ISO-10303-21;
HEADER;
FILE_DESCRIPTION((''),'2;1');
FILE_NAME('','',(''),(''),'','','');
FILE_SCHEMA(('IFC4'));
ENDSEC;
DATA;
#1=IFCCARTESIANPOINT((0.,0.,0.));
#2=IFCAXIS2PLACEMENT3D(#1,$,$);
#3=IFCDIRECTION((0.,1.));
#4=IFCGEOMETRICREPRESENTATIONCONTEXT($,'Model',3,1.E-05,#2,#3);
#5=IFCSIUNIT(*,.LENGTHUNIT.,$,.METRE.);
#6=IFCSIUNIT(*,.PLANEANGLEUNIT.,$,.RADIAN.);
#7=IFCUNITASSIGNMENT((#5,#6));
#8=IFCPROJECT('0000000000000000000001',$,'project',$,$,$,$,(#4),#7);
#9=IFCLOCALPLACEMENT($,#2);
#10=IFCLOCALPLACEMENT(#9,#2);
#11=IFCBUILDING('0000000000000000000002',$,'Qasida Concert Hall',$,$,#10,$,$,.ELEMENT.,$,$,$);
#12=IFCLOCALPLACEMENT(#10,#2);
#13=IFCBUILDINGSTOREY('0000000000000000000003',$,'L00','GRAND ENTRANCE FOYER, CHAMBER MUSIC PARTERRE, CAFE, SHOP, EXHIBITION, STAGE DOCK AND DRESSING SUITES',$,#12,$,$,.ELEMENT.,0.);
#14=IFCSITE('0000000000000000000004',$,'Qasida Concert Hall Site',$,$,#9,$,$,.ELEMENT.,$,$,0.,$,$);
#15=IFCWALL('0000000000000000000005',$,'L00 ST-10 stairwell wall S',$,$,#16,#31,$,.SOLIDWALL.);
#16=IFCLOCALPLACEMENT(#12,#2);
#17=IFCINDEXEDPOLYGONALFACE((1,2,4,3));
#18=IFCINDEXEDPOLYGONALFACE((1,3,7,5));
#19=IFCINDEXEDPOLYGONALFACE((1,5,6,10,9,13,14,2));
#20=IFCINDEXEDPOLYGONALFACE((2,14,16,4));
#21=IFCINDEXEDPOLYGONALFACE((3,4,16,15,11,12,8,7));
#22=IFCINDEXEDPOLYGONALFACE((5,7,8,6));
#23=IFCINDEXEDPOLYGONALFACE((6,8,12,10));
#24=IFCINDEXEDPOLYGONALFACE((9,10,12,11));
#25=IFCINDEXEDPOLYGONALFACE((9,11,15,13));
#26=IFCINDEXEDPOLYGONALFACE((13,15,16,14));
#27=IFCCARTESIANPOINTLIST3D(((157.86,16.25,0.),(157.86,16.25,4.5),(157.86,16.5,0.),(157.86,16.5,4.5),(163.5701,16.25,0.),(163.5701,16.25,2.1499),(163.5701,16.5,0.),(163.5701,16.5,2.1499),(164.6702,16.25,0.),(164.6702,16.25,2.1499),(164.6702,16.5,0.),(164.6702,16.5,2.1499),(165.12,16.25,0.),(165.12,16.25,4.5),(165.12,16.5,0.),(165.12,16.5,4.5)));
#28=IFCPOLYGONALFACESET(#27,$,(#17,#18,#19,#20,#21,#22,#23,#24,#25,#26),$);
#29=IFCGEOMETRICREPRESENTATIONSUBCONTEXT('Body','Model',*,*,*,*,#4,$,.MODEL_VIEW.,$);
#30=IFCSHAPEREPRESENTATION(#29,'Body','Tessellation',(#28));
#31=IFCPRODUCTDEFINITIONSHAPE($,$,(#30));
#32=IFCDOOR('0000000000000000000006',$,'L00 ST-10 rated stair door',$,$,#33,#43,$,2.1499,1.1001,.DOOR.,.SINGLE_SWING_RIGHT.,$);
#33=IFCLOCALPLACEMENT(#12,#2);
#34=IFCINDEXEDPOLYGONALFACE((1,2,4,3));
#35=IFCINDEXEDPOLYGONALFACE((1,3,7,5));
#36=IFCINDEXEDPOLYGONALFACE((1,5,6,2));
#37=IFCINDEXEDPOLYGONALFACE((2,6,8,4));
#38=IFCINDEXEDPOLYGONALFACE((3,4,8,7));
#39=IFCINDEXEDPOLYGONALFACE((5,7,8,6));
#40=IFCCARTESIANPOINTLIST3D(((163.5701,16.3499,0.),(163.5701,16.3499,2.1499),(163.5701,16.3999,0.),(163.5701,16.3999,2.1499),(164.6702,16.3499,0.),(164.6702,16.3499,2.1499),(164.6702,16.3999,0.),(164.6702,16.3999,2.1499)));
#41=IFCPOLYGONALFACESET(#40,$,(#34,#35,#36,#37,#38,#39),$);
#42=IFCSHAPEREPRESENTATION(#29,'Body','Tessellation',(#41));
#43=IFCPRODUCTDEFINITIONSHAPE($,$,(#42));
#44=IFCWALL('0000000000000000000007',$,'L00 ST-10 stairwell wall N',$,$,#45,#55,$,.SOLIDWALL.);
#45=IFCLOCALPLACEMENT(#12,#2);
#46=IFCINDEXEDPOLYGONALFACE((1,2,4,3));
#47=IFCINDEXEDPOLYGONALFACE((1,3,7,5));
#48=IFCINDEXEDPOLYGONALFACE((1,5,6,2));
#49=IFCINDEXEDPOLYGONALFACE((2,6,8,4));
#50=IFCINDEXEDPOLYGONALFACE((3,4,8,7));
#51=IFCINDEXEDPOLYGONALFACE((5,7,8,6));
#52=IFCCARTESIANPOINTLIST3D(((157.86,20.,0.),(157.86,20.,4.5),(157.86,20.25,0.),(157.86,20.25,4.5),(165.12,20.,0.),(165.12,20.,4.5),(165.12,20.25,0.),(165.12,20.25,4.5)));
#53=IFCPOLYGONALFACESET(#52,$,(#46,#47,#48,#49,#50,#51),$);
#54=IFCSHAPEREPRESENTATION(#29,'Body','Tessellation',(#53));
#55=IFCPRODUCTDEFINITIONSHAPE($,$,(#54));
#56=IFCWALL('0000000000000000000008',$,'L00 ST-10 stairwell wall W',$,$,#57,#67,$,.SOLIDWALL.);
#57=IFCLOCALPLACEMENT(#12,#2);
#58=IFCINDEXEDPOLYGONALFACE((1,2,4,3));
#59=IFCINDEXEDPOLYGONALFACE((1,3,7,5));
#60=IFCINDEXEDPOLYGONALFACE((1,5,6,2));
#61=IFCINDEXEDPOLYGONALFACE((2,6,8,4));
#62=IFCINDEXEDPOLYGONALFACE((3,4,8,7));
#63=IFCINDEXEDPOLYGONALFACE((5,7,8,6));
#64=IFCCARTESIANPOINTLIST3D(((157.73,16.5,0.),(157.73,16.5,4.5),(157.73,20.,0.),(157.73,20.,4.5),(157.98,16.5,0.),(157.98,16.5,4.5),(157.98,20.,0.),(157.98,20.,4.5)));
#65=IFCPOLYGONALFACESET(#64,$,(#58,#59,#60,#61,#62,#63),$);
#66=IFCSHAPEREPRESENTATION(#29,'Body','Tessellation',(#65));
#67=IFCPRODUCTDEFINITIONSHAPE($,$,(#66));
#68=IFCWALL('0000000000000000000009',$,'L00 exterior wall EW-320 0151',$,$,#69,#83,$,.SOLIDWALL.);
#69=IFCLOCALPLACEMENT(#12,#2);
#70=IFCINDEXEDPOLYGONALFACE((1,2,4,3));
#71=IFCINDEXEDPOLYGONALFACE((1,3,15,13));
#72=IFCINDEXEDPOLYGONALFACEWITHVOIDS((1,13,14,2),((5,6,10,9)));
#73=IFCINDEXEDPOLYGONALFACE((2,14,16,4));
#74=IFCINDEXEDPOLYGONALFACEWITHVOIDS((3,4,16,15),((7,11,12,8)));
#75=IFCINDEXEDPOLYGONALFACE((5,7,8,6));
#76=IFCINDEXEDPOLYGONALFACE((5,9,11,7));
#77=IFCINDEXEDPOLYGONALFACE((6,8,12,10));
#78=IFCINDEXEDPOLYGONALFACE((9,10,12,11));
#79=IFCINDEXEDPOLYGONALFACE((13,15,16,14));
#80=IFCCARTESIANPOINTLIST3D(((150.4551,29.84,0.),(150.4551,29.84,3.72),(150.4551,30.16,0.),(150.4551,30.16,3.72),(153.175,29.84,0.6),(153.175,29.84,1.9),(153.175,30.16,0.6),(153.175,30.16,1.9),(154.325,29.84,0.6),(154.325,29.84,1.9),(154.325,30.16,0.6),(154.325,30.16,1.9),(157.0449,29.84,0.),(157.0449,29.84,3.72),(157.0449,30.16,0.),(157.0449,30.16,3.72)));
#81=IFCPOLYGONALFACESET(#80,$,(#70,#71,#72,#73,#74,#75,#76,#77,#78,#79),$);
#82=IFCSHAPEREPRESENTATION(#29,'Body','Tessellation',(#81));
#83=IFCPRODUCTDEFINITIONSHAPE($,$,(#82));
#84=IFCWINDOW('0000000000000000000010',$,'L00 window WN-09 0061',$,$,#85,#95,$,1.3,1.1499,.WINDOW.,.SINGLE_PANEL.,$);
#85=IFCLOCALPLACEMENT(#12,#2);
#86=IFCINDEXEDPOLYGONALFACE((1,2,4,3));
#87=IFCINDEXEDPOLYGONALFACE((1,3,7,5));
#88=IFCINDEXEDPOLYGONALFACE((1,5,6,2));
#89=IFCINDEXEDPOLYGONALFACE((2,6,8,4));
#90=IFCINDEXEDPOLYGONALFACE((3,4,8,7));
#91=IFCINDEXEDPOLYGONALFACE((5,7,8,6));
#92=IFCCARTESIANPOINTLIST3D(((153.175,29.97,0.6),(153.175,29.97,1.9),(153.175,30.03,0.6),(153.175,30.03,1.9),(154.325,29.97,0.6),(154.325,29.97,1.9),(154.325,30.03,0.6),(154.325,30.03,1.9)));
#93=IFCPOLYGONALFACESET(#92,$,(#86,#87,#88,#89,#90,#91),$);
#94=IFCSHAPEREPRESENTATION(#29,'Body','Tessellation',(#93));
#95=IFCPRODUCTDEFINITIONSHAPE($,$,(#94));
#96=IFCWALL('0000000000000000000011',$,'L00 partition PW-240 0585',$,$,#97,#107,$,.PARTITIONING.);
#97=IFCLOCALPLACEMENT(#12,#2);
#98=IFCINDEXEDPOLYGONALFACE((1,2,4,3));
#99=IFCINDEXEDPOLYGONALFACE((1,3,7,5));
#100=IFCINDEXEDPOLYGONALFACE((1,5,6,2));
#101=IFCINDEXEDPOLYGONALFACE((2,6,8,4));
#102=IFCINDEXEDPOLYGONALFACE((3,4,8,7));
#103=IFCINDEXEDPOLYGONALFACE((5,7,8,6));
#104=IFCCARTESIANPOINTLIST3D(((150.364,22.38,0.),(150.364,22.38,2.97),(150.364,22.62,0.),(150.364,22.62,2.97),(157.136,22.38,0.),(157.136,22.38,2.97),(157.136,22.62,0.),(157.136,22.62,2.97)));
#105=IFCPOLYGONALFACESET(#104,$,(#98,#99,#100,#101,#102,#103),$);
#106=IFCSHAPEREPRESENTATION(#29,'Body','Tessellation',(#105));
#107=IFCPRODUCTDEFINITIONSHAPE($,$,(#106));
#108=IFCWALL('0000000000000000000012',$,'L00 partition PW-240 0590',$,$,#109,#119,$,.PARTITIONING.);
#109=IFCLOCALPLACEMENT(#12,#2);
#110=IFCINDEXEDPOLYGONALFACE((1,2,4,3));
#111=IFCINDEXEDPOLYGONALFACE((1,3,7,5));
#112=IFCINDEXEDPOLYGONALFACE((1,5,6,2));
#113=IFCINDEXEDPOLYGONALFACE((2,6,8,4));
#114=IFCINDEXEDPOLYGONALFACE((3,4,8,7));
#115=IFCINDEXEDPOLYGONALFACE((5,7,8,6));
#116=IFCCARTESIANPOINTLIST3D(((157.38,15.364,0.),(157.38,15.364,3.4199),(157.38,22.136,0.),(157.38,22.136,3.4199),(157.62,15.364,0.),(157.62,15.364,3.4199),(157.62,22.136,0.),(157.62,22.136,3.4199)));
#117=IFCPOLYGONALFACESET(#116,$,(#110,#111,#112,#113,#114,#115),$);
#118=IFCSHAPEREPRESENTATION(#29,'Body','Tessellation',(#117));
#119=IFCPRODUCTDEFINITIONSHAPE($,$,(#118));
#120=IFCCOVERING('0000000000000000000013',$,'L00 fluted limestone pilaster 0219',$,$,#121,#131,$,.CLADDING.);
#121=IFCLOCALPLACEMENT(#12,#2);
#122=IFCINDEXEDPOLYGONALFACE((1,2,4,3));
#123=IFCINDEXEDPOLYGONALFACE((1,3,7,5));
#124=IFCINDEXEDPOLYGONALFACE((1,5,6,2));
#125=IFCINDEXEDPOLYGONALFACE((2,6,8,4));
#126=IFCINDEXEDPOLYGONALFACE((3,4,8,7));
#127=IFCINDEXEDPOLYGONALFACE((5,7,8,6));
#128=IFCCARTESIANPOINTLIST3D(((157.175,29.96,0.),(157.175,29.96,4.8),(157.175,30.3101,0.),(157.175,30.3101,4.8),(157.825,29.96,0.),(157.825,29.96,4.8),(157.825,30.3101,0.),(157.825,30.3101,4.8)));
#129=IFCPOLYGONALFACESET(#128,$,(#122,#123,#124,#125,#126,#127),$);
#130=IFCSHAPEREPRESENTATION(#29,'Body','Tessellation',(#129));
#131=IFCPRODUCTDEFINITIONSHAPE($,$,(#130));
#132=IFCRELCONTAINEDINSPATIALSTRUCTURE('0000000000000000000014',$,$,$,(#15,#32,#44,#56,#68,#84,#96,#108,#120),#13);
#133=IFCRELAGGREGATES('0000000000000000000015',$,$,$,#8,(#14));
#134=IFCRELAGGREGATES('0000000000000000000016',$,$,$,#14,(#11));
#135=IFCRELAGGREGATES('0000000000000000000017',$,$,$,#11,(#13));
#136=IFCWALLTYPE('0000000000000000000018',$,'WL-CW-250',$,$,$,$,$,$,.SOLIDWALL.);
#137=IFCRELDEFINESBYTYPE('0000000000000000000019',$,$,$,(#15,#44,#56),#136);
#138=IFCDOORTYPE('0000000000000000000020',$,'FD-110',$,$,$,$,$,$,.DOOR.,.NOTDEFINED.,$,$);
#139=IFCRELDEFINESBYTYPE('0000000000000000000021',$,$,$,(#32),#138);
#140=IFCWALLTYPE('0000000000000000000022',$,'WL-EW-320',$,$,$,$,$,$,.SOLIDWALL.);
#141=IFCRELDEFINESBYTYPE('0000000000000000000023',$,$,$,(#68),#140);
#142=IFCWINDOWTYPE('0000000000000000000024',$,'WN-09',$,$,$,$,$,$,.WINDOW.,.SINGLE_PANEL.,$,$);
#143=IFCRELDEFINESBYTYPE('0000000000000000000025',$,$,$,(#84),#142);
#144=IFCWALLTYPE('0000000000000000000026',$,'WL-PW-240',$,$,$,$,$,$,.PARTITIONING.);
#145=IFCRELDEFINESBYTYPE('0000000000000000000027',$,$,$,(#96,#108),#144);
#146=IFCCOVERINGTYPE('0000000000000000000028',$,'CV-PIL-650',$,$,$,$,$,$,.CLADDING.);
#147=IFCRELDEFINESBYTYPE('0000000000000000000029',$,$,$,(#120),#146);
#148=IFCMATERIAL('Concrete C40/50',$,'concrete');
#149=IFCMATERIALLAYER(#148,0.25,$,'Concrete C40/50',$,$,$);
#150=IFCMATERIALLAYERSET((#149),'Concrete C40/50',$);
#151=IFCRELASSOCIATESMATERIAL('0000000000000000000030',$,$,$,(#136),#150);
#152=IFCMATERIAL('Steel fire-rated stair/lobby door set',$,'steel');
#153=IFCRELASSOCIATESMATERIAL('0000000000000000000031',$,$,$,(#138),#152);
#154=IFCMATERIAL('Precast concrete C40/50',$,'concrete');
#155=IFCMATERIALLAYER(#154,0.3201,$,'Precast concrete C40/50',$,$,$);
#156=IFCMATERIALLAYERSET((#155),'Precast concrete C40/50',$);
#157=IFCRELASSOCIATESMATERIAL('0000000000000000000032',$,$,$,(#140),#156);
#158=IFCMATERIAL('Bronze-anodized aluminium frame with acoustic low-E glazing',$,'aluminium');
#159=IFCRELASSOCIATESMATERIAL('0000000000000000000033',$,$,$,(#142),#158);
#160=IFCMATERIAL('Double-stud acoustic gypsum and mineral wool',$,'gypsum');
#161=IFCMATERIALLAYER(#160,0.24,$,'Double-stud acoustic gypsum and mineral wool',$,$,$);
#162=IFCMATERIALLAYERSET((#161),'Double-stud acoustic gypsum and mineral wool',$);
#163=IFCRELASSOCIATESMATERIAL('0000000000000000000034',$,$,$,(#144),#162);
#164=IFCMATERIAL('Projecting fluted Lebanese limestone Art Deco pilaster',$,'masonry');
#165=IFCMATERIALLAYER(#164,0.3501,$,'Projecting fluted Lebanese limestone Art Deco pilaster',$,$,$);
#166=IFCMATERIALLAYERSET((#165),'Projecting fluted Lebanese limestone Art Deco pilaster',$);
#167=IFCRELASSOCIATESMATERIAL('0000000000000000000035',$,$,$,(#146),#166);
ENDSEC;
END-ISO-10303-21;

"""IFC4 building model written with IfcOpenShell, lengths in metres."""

from ifc_helpers import new_model, si_unit, direction, frame, frame_2d, origin, origin_2d, place, context, subcontext, project, spatial, rectangle, extrude, material, layer, layer_set, type_object, element, fill, save


model = new_model("IFC4")

# Units and contexts
model_context = context("Model", 3, precision=1e-05, world=origin(), true_north=direction((0.0, 1.0)))
body_context = subcontext(model_context, "Body", "Model", "MODEL_VIEW")
ifc_project = project(units=[si_unit("LENGTHUNIT", "METRE"), si_unit("PLANEANGLEUNIT", "RADIAN")], contexts=[model_context])

# Site, building, storey
site_placement = place(None, origin())
site = spatial("IfcSite", under=ifc_project, at=site_placement, Name="Qasida Concert Hall Site", CompositionType="ELEMENT", RefElevation=0.0)
building_placement = place(site_placement, origin())
building = spatial("IfcBuilding", under=site, at=building_placement, Name="Qasida Concert Hall", CompositionType="ELEMENT")
storey_placement = place(building_placement, origin())
storey = spatial("IfcBuildingStorey", under=building, at=storey_placement, Name="L00", Description="GRAND ENTRANCE FOYER, CHAMBER MUSIC PARTERRE, CAFE, SHOP, EXHIBITION, STAGE DOCK AND DRESSING SUITES", CompositionType="ELEMENT", Elevation=0.0)

# Shared definitions
ifc_material_1 = material(Name="Concrete C40/50", Category="concrete")

# Wall, opening, door
ifc_layer_1 = layer(ifc_material_1, 0.25, Name="Concrete C40/50")
ifc_layer_set_1 = layer_set([ifc_layer_1], Name="Concrete C40/50")
wall_type_1 = type_object("IfcWallType", Name="WL-CW-250", PredefinedType="SOLIDWALL", material=ifc_layer_set_1)
wall_1_placement = place(storey_placement, frame((157.8601, 16.375, 0.0), z_axis=(0.0, 0.0, 1.0), x_axis=(1.0, 0.0, 0.0)))
wall_1 = element("IfcWall", 1, at=wall_1_placement, inside=storey, type_object=wall_type_1, Name="L00 ST-10 stairwell wall S", PredefinedType="SOLIDWALL", context=body_context, shape_type="SweptSolid", body=[
    extrude(rectangle(XDim=7.26, YDim=0.25, at=frame_2d((3.6299, 0.0))), origin(), (0.0, 0.0, 1.0), 4.5),
])
opening_1_placement = place(wall_1_placement, frame((5.71, 0.0, 0.0)))
opening_1 = element("IfcOpeningElement", 2, at=opening_1_placement, cuts=wall_1, PredefinedType="OPENING", context=body_context, shape_type="SweptSolid", body=[
    extrude(rectangle(XDim=1.1001, YDim=2.1499, at=frame_2d((0.55, 1.075))), frame((0.0, 0.135, 0.0), z_axis=(0.0, -1.0, 0.0), x_axis=(1.0, 0.0, 0.0)), (0.0, 0.0, 1.0), 0.27),
])
ifc_material_2 = material(Name="Steel fire-rated stair/lobby door set", Category="steel")
door_type_1 = type_object("IfcDoorType", Name="FD-110", OperationType="NOTDEFINED", PredefinedType="DOOR", material=ifc_material_2)
door_1_placement = place(opening_1_placement, origin())
door_1 = element("IfcDoor", 3, at=door_1_placement, inside=storey, type_object=door_type_1, Name="L00 ST-10 rated stair door", OperationType="SINGLE_SWING_RIGHT", OverallHeight=2.1499, OverallWidth=1.1001, PredefinedType="DOOR", context=body_context, shape_type="SweptSolid", body=[
    extrude(rectangle(XDim=1.1001, YDim=2.1499, at=frame_2d((0.55, 1.075))), frame((0.0, 0.0249, 0.0), z_axis=(0.0, -1.0, 0.0), x_axis=(1.0, 0.0, 0.0)), (0.0, 0.0, 1.0), 0.05),
])
fill(opening_1, door_1)

# Walls
wall_2_placement = place(storey_placement, frame((157.8601, 20.125, 0.0), z_axis=(0.0, 0.0, 1.0), x_axis=(1.0, 0.0, 0.0)))
element("IfcWall", 4, at=wall_2_placement, inside=storey, type_object=wall_type_1, Name="L00 ST-10 stairwell wall N", PredefinedType="SOLIDWALL", context=body_context, shape_type="SweptSolid", body=[
    extrude(rectangle(XDim=7.26, YDim=0.25, at=frame_2d((3.6299, 0.0))), origin(), (0.0, 0.0, 1.0), 4.5),
])
wall_3_placement = place(storey_placement, frame((157.855, 16.5, 0.0), z_axis=(0.0, 0.0, 1.0), x_axis=(0.0, 1.0, 0.0)))
element("IfcWall", 5, at=wall_3_placement, inside=storey, type_object=wall_type_1, Name="L00 ST-10 stairwell wall W", PredefinedType="SOLIDWALL", context=body_context, shape_type="SweptSolid", body=[
    extrude(rectangle(XDim=3.5, YDim=0.25, at=frame_2d((1.75, 0.0))), origin(), (0.0, 0.0, 1.0), 4.5),
])

# Wall, opening, window
ifc_material_3 = material(Name="Precast concrete C40/50", Category="concrete")
ifc_layer_2 = layer(ifc_material_3, 0.3201, Name="Precast concrete C40/50")
ifc_layer_set_2 = layer_set([ifc_layer_2], Name="Precast concrete C40/50")
wall_type_2 = type_object("IfcWallType", Name="WL-EW-320", PredefinedType="SOLIDWALL", material=ifc_layer_set_2)
wall_4_placement = place(storey_placement, frame((157.0449, 30.0, 0.0), z_axis=(0.0, 0.0, 1.0), x_axis=(-1.0, 0.0, 0.0)))
wall_4 = element("IfcWall", 6, at=wall_4_placement, inside=storey, type_object=wall_type_2, Name="L00 exterior wall EW-320 0151", PredefinedType="SOLIDWALL", context=body_context, shape_type="SweptSolid", body=[
    extrude(rectangle(XDim=6.5898, YDim=0.3201, at=frame_2d((3.2949, 0.0))), origin(), (0.0, 0.0, 1.0), 3.72),
])
opening_2_placement = place(wall_4_placement, frame((2.72, 0.0, 0.6001)))
opening_2 = element("IfcOpeningElement", 7, at=opening_2_placement, cuts=wall_4, PredefinedType="OPENING", context=body_context, shape_type="SweptSolid", body=[
    extrude(rectangle(XDim=1.1499, YDim=1.3, at=frame_2d((0.575, 0.6499))), frame((0.0, 0.1699, 0.0), z_axis=(0.0, -1.0, 0.0), x_axis=(1.0, 0.0, 0.0)), (0.0, 0.0, 1.0), 0.3401),
])
ifc_material_4 = material(Name="Bronze-anodized aluminium frame with acoustic low-E glazing", Category="aluminium")
window_type = type_object("IfcWindowType", Name="WN-09", PartitioningType="SINGLE_PANEL", PredefinedType="WINDOW", material=ifc_material_4)
window_placement = place(opening_2_placement, origin())
window = element("IfcWindow", 8, at=window_placement, inside=storey, type_object=window_type, Name="L00 window WN-09 0061", OverallHeight=1.3, OverallWidth=1.1499, PartitioningType="SINGLE_PANEL", PredefinedType="WINDOW", context=body_context, shape_type="SweptSolid", body=[
    extrude(rectangle(XDim=1.1499, YDim=1.3, at=frame_2d((0.575, 0.6499))), frame((0.0, 0.03, 0.0), z_axis=(0.0, -1.0, 0.0), x_axis=(1.0, 0.0, 0.0)), (0.0, 0.0, 1.0), 0.0601),
])
fill(opening_2, window)

# Walls
ifc_material_5 = material(Name="Double-stud acoustic gypsum and mineral wool", Category="gypsum")
ifc_layer_3 = layer(ifc_material_5, 0.24, Name="Double-stud acoustic gypsum and mineral wool")
ifc_layer_set_3 = layer_set([ifc_layer_3], Name="Double-stud acoustic gypsum and mineral wool")
wall_type_3 = type_object("IfcWallType", Name="WL-PW-240", PredefinedType="PARTITIONING", material=ifc_layer_set_3)
wall_5_placement = place(storey_placement, frame((150.364, 22.5, 0.0), z_axis=(0.0, 0.0, 1.0), x_axis=(1.0, 0.0, 0.0)))
element("IfcWall", 9, at=wall_5_placement, inside=storey, type_object=wall_type_3, Name="L00 partition PW-240 0585", PredefinedType="PARTITIONING", context=body_context, shape_type="SweptSolid", body=[
    extrude(rectangle(XDim=6.772, YDim=0.24, at=frame_2d((3.386, 0.0))), origin(), (0.0, 0.0, 1.0), 2.97),
])
wall_6_placement = place(storey_placement, frame((157.5, 15.364, 0.0), z_axis=(0.0, 0.0, 1.0), x_axis=(0.0, 1.0, 0.0)))
element("IfcWall", 10, at=wall_6_placement, inside=storey, type_object=wall_type_3, Name="L00 partition PW-240 0590", PredefinedType="PARTITIONING", context=body_context, shape_type="SweptSolid", body=[
    extrude(rectangle(XDim=6.772, YDim=0.24, at=frame_2d((3.386, 0.0))), origin(), (0.0, 0.0, 1.0), 3.4199),
])

# Covering
ifc_material_6 = material(Name="Projecting fluted Lebanese limestone Art Deco pilaster", Category="masonry")
ifc_layer_4 = layer(ifc_material_6, 0.3501, Name="Projecting fluted Lebanese limestone Art Deco pilaster")
ifc_layer_set_4 = layer_set([ifc_layer_4], Name="Projecting fluted Lebanese limestone Art Deco pilaster")
covering_type = type_object("IfcCoveringType", Name="CV-PIL-650", PredefinedType="CLADDING", material=ifc_layer_set_4)
covering_placement = place(storey_placement, frame((157.5, 30.135, 0.0), z_axis=(0.0, 0.0, 1.0), x_axis=(1.0, 0.0, 0.0)))
element("IfcCovering", 11, at=covering_placement, inside=storey, type_object=covering_type, Name="L00 fluted limestone pilaster 0219", PredefinedType="CLADDING", context=body_context, shape_type="SweptSolid", body=[
    extrude(rectangle(XDim=0.6499, YDim=0.3501, at=origin_2d()), origin(), (0.0, 0.0, 1.0), 4.8),
])

save(model, "model.ifc")
